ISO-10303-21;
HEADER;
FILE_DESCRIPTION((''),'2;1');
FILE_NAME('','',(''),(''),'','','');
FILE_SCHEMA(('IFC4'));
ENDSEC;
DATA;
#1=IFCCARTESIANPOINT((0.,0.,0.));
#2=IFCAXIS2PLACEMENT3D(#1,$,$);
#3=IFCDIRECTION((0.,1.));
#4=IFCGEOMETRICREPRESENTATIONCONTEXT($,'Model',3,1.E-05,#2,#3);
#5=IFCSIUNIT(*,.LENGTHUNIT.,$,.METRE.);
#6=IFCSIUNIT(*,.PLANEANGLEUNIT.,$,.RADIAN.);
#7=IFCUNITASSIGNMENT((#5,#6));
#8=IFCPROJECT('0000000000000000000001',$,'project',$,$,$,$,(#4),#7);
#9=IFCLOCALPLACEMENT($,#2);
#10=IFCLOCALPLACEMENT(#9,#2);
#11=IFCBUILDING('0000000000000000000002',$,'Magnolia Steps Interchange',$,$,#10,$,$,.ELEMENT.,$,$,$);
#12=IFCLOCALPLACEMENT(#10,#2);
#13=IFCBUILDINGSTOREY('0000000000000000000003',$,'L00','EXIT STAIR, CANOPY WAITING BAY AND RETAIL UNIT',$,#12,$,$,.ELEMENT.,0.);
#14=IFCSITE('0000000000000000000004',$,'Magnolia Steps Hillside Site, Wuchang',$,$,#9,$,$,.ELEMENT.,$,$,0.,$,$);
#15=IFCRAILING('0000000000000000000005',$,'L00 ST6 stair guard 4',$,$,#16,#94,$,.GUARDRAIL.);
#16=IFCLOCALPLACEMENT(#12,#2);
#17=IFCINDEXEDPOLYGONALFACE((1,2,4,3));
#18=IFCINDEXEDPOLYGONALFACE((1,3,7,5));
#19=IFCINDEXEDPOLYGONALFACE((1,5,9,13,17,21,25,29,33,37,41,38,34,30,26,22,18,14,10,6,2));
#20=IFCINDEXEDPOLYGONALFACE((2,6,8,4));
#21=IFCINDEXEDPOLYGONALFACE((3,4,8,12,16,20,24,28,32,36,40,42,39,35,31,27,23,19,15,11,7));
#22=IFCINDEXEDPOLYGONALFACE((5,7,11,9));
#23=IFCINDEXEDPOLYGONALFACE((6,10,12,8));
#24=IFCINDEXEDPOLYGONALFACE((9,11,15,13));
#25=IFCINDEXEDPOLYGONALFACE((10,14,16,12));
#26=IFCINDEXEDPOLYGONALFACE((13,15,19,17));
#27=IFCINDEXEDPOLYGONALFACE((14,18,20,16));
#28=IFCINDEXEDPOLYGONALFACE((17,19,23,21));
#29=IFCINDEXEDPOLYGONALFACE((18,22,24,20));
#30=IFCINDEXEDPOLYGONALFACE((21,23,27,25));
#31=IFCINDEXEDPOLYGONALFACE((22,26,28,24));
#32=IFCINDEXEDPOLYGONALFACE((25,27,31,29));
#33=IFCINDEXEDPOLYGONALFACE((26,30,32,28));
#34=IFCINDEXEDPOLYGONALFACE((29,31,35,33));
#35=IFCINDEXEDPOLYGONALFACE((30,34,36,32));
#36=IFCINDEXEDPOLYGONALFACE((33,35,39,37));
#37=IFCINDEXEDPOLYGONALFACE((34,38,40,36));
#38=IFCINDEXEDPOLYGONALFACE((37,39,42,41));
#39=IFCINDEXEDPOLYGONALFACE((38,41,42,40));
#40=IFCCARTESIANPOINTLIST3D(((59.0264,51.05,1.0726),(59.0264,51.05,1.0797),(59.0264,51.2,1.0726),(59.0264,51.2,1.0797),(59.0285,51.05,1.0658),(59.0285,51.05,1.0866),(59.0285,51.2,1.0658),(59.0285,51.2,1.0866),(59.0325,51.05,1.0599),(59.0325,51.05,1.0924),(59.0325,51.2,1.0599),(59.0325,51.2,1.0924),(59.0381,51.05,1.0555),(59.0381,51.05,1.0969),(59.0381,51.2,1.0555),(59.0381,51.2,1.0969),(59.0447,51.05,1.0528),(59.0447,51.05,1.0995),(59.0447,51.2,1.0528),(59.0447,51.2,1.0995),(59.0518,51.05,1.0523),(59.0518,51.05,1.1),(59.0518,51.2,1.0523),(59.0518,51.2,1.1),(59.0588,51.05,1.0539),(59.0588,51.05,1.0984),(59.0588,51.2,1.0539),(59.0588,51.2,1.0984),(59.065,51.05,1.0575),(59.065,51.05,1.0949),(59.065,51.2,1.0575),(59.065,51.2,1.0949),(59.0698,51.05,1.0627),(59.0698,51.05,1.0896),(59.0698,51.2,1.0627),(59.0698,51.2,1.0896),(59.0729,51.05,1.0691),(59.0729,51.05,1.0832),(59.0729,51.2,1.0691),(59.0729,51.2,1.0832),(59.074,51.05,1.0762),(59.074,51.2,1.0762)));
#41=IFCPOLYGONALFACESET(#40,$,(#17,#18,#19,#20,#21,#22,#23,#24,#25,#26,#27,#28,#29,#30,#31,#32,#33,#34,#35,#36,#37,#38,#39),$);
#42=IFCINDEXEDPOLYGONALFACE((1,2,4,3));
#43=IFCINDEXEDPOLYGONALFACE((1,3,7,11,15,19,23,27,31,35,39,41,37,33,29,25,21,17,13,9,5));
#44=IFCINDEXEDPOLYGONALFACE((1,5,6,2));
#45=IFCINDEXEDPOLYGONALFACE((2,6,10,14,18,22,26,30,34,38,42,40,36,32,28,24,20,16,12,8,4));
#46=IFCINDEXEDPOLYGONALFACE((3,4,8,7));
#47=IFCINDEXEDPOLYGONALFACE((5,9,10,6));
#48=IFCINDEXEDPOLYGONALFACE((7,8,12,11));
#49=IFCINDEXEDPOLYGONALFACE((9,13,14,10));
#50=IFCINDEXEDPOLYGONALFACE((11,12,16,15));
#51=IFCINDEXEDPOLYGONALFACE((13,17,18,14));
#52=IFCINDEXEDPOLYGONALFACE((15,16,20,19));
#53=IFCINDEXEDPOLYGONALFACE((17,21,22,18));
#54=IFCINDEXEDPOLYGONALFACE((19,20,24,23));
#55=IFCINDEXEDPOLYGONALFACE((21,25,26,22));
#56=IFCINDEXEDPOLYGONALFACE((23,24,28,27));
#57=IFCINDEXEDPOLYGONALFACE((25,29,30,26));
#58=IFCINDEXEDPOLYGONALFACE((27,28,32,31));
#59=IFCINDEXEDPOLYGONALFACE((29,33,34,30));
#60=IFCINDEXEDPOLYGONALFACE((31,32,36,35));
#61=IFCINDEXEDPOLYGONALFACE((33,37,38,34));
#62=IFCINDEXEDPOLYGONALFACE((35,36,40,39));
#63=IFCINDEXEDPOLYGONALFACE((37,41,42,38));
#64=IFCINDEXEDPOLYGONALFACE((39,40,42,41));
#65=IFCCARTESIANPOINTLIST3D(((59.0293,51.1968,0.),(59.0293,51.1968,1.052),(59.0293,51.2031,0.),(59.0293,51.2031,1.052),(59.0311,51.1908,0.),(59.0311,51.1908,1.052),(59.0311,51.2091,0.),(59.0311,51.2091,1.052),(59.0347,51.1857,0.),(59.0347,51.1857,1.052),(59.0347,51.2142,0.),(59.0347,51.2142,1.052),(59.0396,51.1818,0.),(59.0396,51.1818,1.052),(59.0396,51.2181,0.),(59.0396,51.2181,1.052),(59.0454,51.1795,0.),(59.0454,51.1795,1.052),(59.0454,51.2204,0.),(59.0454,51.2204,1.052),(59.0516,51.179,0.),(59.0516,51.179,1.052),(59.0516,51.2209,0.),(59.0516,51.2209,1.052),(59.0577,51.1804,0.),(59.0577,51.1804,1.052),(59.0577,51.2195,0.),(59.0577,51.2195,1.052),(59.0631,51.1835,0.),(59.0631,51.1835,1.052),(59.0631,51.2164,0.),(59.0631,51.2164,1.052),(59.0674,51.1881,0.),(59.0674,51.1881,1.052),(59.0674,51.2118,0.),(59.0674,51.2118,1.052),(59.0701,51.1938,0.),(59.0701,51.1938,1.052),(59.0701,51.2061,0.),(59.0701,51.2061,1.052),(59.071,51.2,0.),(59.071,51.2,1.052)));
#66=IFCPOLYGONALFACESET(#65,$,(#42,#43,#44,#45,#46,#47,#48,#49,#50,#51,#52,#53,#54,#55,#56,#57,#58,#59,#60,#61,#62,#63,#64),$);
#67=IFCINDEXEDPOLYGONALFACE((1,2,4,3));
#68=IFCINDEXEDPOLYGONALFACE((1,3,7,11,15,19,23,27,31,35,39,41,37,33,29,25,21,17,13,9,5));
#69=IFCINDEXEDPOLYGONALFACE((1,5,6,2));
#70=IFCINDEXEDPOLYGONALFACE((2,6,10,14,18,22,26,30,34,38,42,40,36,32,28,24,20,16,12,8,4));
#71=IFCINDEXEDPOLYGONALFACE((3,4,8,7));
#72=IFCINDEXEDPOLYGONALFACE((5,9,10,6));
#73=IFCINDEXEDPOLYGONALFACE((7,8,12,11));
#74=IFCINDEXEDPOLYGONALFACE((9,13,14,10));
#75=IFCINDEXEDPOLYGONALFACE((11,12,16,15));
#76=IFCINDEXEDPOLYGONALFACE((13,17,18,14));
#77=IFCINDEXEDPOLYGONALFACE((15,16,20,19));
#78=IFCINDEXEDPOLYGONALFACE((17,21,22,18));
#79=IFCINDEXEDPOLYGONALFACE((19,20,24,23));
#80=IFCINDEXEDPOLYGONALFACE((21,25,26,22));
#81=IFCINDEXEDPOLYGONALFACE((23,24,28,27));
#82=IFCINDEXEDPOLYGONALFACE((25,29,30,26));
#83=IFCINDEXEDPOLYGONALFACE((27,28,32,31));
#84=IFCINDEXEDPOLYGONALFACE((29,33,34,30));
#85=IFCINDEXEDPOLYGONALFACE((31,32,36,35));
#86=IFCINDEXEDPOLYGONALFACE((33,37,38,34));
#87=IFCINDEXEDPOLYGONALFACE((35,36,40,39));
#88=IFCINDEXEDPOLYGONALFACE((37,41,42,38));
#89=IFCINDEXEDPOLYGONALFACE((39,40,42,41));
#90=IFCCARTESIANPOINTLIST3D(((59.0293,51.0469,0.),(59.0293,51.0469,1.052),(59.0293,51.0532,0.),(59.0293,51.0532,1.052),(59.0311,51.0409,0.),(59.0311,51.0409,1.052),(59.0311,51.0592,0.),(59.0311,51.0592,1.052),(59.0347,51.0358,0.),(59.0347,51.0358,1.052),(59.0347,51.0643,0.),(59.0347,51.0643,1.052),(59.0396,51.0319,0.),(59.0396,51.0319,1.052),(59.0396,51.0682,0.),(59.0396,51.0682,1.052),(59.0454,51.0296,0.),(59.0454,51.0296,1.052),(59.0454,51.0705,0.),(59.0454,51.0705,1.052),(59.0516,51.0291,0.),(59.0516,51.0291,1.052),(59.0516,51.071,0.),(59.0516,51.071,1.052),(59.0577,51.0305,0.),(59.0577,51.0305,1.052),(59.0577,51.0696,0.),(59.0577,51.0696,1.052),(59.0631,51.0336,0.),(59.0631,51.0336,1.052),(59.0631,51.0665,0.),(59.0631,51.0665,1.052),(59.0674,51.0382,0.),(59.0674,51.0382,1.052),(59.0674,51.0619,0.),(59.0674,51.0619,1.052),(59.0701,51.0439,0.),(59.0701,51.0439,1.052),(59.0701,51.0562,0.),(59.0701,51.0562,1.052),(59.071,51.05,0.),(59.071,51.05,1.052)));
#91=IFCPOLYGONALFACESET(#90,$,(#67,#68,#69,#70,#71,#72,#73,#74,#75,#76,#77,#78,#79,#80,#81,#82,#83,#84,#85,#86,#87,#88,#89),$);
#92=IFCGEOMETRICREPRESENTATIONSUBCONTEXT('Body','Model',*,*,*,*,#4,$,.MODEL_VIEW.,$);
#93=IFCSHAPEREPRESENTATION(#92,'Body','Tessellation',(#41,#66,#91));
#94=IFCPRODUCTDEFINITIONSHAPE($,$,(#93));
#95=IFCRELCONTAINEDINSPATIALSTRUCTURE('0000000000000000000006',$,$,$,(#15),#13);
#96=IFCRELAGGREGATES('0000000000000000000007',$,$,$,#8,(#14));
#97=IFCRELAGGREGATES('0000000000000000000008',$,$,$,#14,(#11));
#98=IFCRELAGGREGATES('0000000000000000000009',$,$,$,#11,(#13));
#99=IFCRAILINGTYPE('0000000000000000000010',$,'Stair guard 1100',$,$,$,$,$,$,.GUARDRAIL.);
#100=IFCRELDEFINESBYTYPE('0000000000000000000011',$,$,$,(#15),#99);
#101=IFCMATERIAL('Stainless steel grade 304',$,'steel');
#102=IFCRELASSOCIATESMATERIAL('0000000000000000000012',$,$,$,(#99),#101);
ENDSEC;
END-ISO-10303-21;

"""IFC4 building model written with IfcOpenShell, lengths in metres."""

from ifc_helpers import new_model, si_unit, direction, frame, origin, origin_2d, place, context, subcontext, project, spatial, circle, extrude, material, type_object, element, save


model = new_model("IFC4")

# Units and contexts
model_context = context("Model", 3, precision=1e-05, world=origin(), true_north=direction((0.0, 1.0)))
body_context = subcontext(model_context, "Body", "Model", "MODEL_VIEW")
ifc_project = project(units=[si_unit("LENGTHUNIT", "METRE"), si_unit("PLANEANGLEUNIT", "RADIAN")], contexts=[model_context])

# Site, building, storey
site_placement = place(None, origin())
site = spatial("IfcSite", under=ifc_project, at=site_placement, Name="Magnolia Steps Hillside Site, Wuchang", CompositionType="ELEMENT", RefElevation=0.0)
building_placement = place(site_placement, origin())
building = spatial("IfcBuilding", under=site, at=building_placement, Name="Magnolia Steps Interchange", CompositionType="ELEMENT")
storey_placement = place(building_placement, origin())
storey = spatial("IfcBuildingStorey", under=building, at=storey_placement, Name="L00", Description="EXIT STAIR, CANOPY WAITING BAY AND RETAIL UNIT", CompositionType="ELEMENT", Elevation=0.0)

# Railing
ifc_material_1 = material(Name="Stainless steel grade 304", Category="steel")
railing_type_1 = type_object("IfcRailingType", Name="Stair guard 1100", PredefinedType="GUARDRAIL", material=ifc_material_1)
railing_1_placement = place(storey_placement, frame((59.05, 51.2, 0.0)))
element("IfcRailing", 1, at=railing_1_placement, inside=storey, type_object=railing_type_1, Name="L00 ST6 stair guard 4", PredefinedType="GUARDRAIL", context=body_context, shape_type="SweptSolid", body=[
    extrude(circle(Radius=0.0239, at=origin_2d()), frame((0.0, 0.0, 1.0762), z_axis=(0.0, -1.0, 0.0), x_axis=(1.0, 0.0, 0.0)), (0.0, 0.0, 1.0), 0.1499),
    extrude(circle(Radius=0.021, at=origin_2d()), origin(), (0.0, 0.0, 1.0), 1.052),
    extrude(circle(Radius=0.021, at=origin_2d()), frame((0.0, -0.1499, 0.0)), (0.0, 0.0, 1.0), 1.052),
])

save(model, "model.ifc")
